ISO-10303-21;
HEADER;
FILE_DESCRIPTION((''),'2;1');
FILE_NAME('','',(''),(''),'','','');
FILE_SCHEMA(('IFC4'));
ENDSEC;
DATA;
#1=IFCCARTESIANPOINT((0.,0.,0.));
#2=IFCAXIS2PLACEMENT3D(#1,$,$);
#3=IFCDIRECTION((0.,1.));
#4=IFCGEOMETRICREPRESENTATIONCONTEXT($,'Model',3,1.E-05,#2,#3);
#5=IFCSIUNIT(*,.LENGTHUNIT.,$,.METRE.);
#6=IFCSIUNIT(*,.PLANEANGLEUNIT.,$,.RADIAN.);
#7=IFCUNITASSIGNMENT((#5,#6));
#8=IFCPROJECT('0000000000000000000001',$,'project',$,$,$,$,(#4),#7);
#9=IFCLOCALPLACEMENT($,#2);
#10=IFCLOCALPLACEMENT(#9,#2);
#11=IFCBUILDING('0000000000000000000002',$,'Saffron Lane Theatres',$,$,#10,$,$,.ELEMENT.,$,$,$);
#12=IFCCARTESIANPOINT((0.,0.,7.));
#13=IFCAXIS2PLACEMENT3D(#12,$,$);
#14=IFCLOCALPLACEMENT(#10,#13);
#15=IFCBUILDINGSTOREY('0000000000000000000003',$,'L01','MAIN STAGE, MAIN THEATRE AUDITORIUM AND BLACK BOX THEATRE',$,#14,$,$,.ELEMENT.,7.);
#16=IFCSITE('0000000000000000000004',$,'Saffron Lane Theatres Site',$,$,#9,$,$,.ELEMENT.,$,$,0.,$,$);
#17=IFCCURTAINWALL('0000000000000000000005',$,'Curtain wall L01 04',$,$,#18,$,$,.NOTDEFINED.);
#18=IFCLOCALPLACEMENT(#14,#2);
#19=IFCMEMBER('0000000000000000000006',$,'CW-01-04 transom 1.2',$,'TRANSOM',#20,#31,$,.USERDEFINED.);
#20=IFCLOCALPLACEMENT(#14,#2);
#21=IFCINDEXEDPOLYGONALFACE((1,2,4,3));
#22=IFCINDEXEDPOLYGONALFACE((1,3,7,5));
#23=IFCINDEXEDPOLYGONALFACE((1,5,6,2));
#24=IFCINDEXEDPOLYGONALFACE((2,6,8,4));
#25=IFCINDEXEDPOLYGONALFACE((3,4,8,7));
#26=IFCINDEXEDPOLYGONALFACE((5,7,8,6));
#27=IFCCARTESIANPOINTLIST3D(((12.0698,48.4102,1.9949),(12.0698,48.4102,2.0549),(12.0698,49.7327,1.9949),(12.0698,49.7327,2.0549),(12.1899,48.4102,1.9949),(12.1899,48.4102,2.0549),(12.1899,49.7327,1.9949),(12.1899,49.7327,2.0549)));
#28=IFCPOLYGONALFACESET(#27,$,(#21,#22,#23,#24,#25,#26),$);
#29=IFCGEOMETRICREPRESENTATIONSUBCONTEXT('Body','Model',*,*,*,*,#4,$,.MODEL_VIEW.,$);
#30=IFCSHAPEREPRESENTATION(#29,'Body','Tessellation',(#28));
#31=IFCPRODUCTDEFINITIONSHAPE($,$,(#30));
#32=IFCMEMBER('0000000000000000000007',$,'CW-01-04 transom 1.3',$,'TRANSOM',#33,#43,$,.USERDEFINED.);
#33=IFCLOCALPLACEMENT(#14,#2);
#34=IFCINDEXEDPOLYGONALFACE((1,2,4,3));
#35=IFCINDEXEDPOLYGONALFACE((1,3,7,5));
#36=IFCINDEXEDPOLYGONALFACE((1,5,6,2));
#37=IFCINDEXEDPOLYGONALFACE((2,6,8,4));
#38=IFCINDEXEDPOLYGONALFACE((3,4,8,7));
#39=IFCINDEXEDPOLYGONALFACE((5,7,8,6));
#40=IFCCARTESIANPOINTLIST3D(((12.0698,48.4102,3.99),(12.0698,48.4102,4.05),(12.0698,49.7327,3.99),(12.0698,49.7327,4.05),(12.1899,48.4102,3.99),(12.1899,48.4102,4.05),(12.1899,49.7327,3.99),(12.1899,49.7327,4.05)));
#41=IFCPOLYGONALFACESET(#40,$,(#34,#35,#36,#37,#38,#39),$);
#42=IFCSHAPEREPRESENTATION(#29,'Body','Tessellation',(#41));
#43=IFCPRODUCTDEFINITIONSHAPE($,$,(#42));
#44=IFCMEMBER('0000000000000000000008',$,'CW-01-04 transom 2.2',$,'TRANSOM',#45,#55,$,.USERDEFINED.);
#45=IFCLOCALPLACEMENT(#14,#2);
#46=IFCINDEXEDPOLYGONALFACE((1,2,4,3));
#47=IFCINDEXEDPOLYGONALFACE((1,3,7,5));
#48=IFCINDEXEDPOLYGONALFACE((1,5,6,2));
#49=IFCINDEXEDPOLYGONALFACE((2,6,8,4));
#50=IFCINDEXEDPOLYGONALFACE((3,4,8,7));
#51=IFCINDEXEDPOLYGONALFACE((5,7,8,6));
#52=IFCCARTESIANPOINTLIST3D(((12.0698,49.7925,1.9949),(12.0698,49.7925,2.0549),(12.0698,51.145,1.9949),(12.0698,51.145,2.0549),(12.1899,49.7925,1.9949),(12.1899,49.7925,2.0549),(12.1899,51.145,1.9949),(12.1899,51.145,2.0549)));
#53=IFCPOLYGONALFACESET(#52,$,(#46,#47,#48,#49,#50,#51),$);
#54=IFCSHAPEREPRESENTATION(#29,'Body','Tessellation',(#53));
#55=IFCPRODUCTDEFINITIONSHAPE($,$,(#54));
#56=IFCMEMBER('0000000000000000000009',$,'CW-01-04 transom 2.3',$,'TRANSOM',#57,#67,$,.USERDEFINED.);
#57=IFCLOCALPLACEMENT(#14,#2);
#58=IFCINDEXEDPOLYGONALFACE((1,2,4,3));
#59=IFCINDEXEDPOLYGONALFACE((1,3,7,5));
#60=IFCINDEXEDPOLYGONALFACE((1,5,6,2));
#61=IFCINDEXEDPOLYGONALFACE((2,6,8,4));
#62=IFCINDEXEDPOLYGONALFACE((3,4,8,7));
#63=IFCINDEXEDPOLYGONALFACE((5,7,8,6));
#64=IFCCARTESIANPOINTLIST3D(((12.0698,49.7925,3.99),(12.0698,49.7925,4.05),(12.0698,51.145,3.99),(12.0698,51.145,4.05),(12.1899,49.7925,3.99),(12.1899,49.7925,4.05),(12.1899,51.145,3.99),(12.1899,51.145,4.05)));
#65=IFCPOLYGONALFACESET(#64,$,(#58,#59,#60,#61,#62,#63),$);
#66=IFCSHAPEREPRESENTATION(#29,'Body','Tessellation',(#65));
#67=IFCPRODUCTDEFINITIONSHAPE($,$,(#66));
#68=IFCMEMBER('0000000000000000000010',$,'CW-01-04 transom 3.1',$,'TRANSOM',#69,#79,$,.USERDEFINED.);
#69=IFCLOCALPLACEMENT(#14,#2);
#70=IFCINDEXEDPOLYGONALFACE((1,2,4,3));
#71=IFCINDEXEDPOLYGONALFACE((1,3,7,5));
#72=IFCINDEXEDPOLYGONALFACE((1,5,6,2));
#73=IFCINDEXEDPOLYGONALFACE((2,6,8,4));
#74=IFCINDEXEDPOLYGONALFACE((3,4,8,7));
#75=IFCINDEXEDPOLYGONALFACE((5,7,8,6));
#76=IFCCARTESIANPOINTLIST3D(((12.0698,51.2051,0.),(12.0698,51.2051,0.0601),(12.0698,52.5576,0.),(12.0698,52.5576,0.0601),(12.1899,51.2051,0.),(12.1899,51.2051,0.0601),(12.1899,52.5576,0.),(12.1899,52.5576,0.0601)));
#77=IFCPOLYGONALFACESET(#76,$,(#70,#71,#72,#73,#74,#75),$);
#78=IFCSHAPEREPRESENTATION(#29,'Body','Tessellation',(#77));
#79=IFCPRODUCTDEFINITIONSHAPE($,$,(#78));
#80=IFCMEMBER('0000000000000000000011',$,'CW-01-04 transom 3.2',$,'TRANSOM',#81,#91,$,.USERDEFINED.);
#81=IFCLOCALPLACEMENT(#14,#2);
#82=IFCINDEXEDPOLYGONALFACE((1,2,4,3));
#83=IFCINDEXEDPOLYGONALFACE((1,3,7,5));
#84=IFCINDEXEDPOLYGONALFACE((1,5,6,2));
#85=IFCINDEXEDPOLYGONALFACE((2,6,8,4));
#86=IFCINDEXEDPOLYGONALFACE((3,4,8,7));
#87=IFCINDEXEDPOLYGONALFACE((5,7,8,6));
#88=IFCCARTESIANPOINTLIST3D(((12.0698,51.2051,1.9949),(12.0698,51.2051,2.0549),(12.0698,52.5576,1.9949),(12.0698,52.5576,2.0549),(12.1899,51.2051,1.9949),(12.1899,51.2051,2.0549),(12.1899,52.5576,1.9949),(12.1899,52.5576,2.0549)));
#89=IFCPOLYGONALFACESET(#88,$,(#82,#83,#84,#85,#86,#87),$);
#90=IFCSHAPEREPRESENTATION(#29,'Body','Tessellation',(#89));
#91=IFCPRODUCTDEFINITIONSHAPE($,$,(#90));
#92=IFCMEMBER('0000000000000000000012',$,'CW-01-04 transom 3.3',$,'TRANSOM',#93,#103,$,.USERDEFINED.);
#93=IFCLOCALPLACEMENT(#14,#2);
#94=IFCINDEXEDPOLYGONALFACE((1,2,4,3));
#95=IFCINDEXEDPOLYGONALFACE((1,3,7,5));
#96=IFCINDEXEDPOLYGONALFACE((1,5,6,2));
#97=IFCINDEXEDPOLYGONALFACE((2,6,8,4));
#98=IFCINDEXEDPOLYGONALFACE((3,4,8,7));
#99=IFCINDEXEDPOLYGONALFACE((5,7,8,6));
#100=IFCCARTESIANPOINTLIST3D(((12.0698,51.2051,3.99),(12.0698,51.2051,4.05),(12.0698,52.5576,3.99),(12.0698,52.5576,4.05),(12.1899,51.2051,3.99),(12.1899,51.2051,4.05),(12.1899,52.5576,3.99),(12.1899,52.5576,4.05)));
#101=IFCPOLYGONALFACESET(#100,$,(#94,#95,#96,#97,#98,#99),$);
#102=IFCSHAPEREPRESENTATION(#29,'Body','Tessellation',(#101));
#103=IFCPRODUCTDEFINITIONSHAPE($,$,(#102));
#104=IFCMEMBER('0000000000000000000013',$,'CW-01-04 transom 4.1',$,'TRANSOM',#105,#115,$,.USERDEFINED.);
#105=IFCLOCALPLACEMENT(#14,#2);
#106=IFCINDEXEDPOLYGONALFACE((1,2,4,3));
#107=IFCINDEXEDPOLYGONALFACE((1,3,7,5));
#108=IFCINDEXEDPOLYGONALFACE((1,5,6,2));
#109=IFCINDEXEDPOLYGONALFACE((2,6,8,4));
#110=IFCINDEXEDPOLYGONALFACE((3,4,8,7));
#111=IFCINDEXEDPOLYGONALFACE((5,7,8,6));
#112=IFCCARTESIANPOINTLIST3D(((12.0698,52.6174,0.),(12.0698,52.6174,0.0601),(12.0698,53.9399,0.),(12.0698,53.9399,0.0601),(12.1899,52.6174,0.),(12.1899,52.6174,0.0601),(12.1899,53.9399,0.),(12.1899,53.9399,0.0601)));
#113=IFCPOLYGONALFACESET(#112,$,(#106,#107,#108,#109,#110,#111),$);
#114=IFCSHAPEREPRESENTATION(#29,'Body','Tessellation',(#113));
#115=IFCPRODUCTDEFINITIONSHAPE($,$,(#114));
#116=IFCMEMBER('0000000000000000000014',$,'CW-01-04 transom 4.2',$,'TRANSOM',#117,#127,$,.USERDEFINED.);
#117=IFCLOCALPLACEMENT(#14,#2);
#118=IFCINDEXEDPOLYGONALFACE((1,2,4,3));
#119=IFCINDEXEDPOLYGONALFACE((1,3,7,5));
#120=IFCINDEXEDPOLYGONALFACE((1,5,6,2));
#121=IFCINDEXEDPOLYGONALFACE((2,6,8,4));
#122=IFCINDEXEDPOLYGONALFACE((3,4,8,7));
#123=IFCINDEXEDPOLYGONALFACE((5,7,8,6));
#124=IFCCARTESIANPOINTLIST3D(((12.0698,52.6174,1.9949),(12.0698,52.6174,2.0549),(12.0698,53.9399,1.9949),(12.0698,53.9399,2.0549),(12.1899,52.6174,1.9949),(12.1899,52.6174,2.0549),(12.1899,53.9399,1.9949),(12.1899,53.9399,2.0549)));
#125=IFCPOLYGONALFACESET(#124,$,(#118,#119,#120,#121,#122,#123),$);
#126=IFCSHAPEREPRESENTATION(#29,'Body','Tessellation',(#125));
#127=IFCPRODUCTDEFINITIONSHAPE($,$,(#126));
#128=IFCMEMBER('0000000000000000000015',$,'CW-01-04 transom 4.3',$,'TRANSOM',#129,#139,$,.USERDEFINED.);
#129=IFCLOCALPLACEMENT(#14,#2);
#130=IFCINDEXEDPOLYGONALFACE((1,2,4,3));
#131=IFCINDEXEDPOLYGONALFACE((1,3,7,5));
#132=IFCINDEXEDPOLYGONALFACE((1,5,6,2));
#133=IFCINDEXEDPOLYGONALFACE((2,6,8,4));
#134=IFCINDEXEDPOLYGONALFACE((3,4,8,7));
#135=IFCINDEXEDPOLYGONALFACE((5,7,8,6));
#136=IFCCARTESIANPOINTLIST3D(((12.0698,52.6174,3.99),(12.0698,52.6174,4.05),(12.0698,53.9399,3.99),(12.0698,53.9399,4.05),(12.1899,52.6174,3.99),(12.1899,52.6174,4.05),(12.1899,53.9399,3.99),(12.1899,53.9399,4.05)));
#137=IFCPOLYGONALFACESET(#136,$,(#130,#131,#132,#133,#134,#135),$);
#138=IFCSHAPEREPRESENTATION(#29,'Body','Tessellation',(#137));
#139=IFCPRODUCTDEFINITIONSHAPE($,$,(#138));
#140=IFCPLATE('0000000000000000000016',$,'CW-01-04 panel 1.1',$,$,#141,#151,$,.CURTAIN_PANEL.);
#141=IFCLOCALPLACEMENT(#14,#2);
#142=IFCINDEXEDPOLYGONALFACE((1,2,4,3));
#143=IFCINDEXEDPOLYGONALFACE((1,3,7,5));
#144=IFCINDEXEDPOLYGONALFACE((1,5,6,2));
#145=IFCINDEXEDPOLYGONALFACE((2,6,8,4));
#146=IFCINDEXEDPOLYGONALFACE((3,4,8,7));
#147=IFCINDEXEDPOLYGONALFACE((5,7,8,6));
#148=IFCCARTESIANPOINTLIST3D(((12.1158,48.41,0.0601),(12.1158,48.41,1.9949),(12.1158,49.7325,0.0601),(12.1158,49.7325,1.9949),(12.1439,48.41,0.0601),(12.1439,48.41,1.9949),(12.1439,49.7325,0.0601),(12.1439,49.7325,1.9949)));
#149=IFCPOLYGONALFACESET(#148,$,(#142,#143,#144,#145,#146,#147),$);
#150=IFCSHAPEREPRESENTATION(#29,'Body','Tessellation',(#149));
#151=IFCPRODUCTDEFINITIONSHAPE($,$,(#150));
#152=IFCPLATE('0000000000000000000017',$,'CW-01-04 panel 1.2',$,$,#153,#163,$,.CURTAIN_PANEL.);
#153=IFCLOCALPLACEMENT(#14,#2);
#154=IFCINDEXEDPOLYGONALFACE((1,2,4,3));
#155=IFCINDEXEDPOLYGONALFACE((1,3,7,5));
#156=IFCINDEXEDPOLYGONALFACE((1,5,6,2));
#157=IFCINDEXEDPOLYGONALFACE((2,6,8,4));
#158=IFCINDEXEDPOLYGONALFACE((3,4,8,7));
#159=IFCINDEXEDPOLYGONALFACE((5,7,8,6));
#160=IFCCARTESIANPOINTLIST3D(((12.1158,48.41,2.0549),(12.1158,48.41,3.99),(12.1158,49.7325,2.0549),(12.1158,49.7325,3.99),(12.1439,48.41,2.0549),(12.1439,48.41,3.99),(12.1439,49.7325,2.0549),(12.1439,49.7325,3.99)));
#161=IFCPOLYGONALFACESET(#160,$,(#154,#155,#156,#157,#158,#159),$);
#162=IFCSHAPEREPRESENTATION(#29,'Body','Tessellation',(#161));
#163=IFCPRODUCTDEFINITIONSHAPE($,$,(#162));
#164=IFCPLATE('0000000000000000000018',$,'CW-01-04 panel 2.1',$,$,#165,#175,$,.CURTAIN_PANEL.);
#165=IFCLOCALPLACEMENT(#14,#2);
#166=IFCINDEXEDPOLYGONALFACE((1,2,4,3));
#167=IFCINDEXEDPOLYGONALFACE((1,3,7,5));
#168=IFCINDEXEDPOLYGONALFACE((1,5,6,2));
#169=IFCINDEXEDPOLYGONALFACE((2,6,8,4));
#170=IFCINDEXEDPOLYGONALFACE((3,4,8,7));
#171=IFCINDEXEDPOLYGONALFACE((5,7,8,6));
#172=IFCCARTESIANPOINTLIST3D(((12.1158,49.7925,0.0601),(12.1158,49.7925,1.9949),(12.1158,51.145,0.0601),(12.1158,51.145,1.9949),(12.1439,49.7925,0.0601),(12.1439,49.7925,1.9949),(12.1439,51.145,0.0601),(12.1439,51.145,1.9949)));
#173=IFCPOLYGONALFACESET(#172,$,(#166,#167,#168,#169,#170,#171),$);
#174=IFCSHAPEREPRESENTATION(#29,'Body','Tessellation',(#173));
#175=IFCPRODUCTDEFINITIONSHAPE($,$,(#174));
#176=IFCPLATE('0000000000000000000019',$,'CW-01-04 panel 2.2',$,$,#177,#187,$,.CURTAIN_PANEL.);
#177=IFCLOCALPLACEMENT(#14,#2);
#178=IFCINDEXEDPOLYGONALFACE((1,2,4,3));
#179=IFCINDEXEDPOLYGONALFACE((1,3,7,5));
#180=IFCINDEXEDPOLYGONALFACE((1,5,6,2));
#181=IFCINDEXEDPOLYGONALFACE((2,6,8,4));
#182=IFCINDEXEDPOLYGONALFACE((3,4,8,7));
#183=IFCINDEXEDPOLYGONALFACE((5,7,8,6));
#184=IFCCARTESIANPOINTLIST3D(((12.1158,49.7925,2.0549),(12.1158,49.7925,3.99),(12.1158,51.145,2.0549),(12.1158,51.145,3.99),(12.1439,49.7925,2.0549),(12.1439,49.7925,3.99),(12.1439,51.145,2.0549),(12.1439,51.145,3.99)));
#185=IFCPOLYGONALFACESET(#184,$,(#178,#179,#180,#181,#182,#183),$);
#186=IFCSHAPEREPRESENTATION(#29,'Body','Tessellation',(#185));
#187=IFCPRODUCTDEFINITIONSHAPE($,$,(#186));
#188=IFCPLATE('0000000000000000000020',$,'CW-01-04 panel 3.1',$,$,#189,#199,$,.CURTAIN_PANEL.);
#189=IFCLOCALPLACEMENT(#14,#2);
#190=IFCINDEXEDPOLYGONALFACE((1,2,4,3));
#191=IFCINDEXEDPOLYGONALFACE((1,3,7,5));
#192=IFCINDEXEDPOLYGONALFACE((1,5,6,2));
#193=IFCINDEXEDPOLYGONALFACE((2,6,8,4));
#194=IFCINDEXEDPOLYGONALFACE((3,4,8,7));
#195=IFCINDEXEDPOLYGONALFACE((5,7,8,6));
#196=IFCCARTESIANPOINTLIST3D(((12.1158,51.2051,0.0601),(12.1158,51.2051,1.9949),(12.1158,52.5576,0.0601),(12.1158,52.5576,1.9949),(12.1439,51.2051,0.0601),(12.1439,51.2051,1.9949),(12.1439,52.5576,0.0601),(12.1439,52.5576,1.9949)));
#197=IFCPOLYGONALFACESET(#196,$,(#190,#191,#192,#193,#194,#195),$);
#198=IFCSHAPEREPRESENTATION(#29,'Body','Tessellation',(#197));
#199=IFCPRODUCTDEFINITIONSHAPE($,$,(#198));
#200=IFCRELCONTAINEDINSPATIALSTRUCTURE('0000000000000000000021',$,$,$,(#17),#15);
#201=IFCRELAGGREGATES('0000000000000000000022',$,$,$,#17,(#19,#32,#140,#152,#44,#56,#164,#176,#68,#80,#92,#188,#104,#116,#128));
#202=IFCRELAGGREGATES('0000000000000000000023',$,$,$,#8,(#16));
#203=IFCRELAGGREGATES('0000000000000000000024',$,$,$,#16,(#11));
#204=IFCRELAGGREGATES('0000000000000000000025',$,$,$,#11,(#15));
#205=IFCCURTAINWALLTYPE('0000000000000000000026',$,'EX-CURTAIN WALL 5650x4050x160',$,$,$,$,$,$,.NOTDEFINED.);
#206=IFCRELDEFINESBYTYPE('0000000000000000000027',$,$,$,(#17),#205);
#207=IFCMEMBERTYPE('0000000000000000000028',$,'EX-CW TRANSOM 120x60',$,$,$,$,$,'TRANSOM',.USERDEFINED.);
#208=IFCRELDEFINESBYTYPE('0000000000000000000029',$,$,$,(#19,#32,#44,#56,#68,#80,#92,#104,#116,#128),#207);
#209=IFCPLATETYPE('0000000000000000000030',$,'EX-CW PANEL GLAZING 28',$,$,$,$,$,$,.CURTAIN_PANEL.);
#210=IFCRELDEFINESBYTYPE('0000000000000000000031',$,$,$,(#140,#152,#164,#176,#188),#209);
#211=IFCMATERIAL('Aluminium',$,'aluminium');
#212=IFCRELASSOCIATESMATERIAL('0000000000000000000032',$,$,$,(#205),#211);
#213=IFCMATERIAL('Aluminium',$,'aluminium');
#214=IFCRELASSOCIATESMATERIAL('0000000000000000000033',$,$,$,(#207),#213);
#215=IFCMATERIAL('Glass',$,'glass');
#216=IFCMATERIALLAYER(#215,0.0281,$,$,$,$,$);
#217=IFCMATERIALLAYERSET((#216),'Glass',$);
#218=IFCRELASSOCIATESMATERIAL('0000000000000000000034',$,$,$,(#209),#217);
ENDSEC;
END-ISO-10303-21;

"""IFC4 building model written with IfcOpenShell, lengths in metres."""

from ifc_helpers import new_model, si_unit, direction, frame, origin, origin_2d, place, context, subcontext, project, spatial, rectangle, extrude, material, layer, layer_set, material_profile, profile_set, type_object, element, aggregate, save


model = new_model("IFC4")

# Units and contexts
model_context = context("Model", 3, precision=1e-05, world=origin(), true_north=direction((0.0, 1.0)))
body_context = subcontext(model_context, "Body", "Model", "MODEL_VIEW")
ifc_project = project(units=[si_unit("LENGTHUNIT", "METRE"), si_unit("PLANEANGLEUNIT", "RADIAN")], contexts=[model_context])

# Site, building, storey
site_placement = place(None, origin())
site = spatial("IfcSite", under=ifc_project, at=site_placement, Name="Saffron Lane Theatres Site", CompositionType="ELEMENT", RefElevation=0.0)
building_placement = place(site_placement, origin())
building = spatial("IfcBuilding", under=site, at=building_placement, Name="Saffron Lane Theatres", CompositionType="ELEMENT")
storey_placement = place(building_placement, frame((0.0, 0.0, 7.0)))
storey = spatial("IfcBuildingStorey", under=building, at=storey_placement, Name="L01", Description="MAIN STAGE, MAIN THEATRE AUDITORIUM AND BLACK BOX THEATRE", CompositionType="ELEMENT", Elevation=7.0)

# Curtain wall, members, plates
ifc_material_1 = material(Name="Aluminium", Category="aluminium")
curtain_wall_type = type_object("IfcCurtainWallType", Name="EX-CURTAIN WALL 5650x4050x160", PredefinedType="NOTDEFINED", material=ifc_material_1)
curtain_wall_placement = place(storey_placement, origin())
curtain_wall = element("IfcCurtainWall", 1, at=curtain_wall_placement, inside=storey, type_object=curtain_wall_type, Name="Curtain wall L01 04", PredefinedType="NOTDEFINED")
ifc_material_2 = material(Name="Aluminium", Category="aluminium")
ifc_material_profile_1 = material_profile(ifc_material_2, rectangle(XDim=0.1201, YDim=0.0601, at=origin_2d()))
ifc_profile_set_1 = profile_set([ifc_material_profile_1], Name="Aluminium")
member_type = type_object("IfcMemberType", Name="EX-CW TRANSOM 120x60", ElementType="TRANSOM", PredefinedType="USERDEFINED", material=ifc_profile_set_1)
member_1_placement = place(storey_placement, frame((12.1299, 48.4102, 2.0249), z_axis=(0.0, 1.0, 0.0), x_axis=(-1.0, 0.0, 0.0)))
member_1 = element("IfcMember", 2, at=member_1_placement, type_object=member_type, Name="CW-01-04 transom 1.2", ObjectType="TRANSOM", PredefinedType="USERDEFINED", context=body_context, shape_type="SweptSolid", body=[
    extrude(rectangle(XDim=0.1201, YDim=0.0601, at=origin_2d()), origin(), (0.0, 0.0, 1.0), 1.3225),
])
member_2_placement = place(storey_placement, frame((12.1299, 48.4102, 4.02), z_axis=(0.0, 1.0, 0.0), x_axis=(-1.0, 0.0, 0.0)))
member_2 = element("IfcMember", 3, at=member_2_placement, type_object=member_type, Name="CW-01-04 transom 1.3", ObjectType="TRANSOM", PredefinedType="USERDEFINED", context=body_context, shape_type="SweptSolid", body=[
    extrude(rectangle(XDim=0.1201, YDim=0.0601, at=origin_2d()), origin(), (0.0, 0.0, 1.0), 1.3225),
])
member_3_placement = place(storey_placement, frame((12.1299, 49.7925, 2.0249), z_axis=(0.0, 1.0, 0.0), x_axis=(-1.0, 0.0, 0.0)))
member_3 = element("IfcMember", 4, at=member_3_placement, type_object=member_type, Name="CW-01-04 transom 2.2", ObjectType="TRANSOM", PredefinedType="USERDEFINED", context=body_context, shape_type="SweptSolid", body=[
    extrude(rectangle(XDim=0.1201, YDim=0.0601, at=origin_2d()), origin(), (0.0, 0.0, 1.0), 1.3525),
])
member_4_placement = place(storey_placement, frame((12.1299, 49.7925, 4.02), z_axis=(0.0, 1.0, 0.0), x_axis=(-1.0, 0.0, 0.0)))
member_4 = element("IfcMember", 5, at=member_4_placement, type_object=member_type, Name="CW-01-04 transom 2.3", ObjectType="TRANSOM", PredefinedType="USERDEFINED", context=body_context, shape_type="SweptSolid", body=[
    extrude(rectangle(XDim=0.1201, YDim=0.0601, at=origin_2d()), origin(), (0.0, 0.0, 1.0), 1.3525),
])
member_5_placement = place(storey_placement, frame((12.1299, 51.2051, 0.03), z_axis=(0.0, 1.0, 0.0), x_axis=(-1.0, 0.0, 0.0)))
member_5 = element("IfcMember", 6, at=member_5_placement, type_object=member_type, Name="CW-01-04 transom 3.1", ObjectType="TRANSOM", PredefinedType="USERDEFINED", context=body_context, shape_type="SweptSolid", body=[
    extrude(rectangle(XDim=0.1201, YDim=0.0601, at=origin_2d()), origin(), (0.0, 0.0, 1.0), 1.3525),
])
member_6_placement = place(storey_placement, frame((12.1299, 51.2051, 2.0249), z_axis=(0.0, 1.0, 0.0), x_axis=(-1.0, 0.0, 0.0)))
member_6 = element("IfcMember", 7, at=member_6_placement, type_object=member_type, Name="CW-01-04 transom 3.2", ObjectType="TRANSOM", PredefinedType="USERDEFINED", context=body_context, shape_type="SweptSolid", body=[
    extrude(rectangle(XDim=0.1201, YDim=0.0601, at=origin_2d()), origin(), (0.0, 0.0, 1.0), 1.3525),
])
member_7_placement = place(storey_placement, frame((12.1299, 51.2051, 4.02), z_axis=(0.0, 1.0, 0.0), x_axis=(-1.0, 0.0, 0.0)))
member_7 = element("IfcMember", 8, at=member_7_placement, type_object=member_type, Name="CW-01-04 transom 3.3", ObjectType="TRANSOM", PredefinedType="USERDEFINED", context=body_context, shape_type="SweptSolid", body=[
    extrude(rectangle(XDim=0.1201, YDim=0.0601, at=origin_2d()), origin(), (0.0, 0.0, 1.0), 1.3525),
])
member_8_placement = place(storey_placement, frame((12.1299, 52.6174, 0.03), z_axis=(0.0, 1.0, 0.0), x_axis=(-1.0, 0.0, 0.0)))
member_8 = element("IfcMember", 9, at=member_8_placement, type_object=member_type, Name="CW-01-04 transom 4.1", ObjectType="TRANSOM", PredefinedType="USERDEFINED", context=body_context, shape_type="SweptSolid", body=[
    extrude(rectangle(XDim=0.1201, YDim=0.0601, at=origin_2d()), origin(), (0.0, 0.0, 1.0), 1.3225),
])
member_9_placement = place(storey_placement, frame((12.1299, 52.6174, 2.0249), z_axis=(0.0, 1.0, 0.0), x_axis=(-1.0, 0.0, 0.0)))
member_9 = element("IfcMember", 10, at=member_9_placement, type_object=member_type, Name="CW-01-04 transom 4.2", ObjectType="TRANSOM", PredefinedType="USERDEFINED", context=body_context, shape_type="SweptSolid", body=[
    extrude(rectangle(XDim=0.1201, YDim=0.0601, at=origin_2d()), origin(), (0.0, 0.0, 1.0), 1.3225),
])
member_10_placement = place(storey_placement, frame((12.1299, 52.6174, 4.02), z_axis=(0.0, 1.0, 0.0), x_axis=(-1.0, 0.0, 0.0)))
member_10 = element("IfcMember", 11, at=member_10_placement, type_object=member_type, Name="CW-01-04 transom 4.3", ObjectType="TRANSOM", PredefinedType="USERDEFINED", context=body_context, shape_type="SweptSolid", body=[
    extrude(rectangle(XDim=0.1201, YDim=0.0601, at=origin_2d()), origin(), (0.0, 0.0, 1.0), 1.3225),
])
ifc_material_3 = material(Name="Glass", Category="glass")
ifc_layer = layer(ifc_material_3, 0.0281)
ifc_layer_set = layer_set([ifc_layer], Name="Glass")
plate_type = type_object("IfcPlateType", Name="EX-CW PANEL GLAZING 28", PredefinedType="CURTAIN_PANEL", material=ifc_layer_set)
plate_1_placement = place(storey_placement, frame((12.1299, 49.0713, 0.0601), z_axis=(0.0, 0.0, 1.0), x_axis=(0.0, 1.0, 0.0)))
plate_1 = element("IfcPlate", 12, at=plate_1_placement, type_object=plate_type, Name="CW-01-04 panel 1.1", PredefinedType="CURTAIN_PANEL", context=body_context, shape_type="SweptSolid", body=[
    extrude(rectangle(XDim=1.3225, YDim=0.0281, at=origin_2d()), origin(), (0.0, 0.0, 1.0), 1.9348),
])
plate_2_placement = place(storey_placement, frame((12.1299, 49.0713, 2.0549), z_axis=(0.0, 0.0, 1.0), x_axis=(0.0, 1.0, 0.0)))
plate_2 = element("IfcPlate", 13, at=plate_2_placement, type_object=plate_type, Name="CW-01-04 panel 1.2", PredefinedType="CURTAIN_PANEL", context=body_context, shape_type="SweptSolid", body=[
    extrude(rectangle(XDim=1.3225, YDim=0.0281, at=origin_2d()), origin(), (0.0, 0.0, 1.0), 1.9351),
])
plate_3_placement = place(storey_placement, frame((12.1299, 50.4688, 0.0601), z_axis=(0.0, 0.0, 1.0), x_axis=(0.0, 1.0, 0.0)))
plate_3 = element("IfcPlate", 14, at=plate_3_placement, type_object=plate_type, Name="CW-01-04 panel 2.1", PredefinedType="CURTAIN_PANEL", context=body_context, shape_type="SweptSolid", body=[
    extrude(rectangle(XDim=1.3525, YDim=0.0281, at=origin_2d()), origin(), (0.0, 0.0, 1.0), 1.9348),
])
plate_4_placement = place(storey_placement, frame((12.1299, 50.4688, 2.0549), z_axis=(0.0, 0.0, 1.0), x_axis=(0.0, 1.0, 0.0)))
plate_4 = element("IfcPlate", 15, at=plate_4_placement, type_object=plate_type, Name="CW-01-04 panel 2.2", PredefinedType="CURTAIN_PANEL", context=body_context, shape_type="SweptSolid", body=[
    extrude(rectangle(XDim=1.3525, YDim=0.0281, at=origin_2d()), origin(), (0.0, 0.0, 1.0), 1.9351),
])
plate_5_placement = place(storey_placement, frame((12.1299, 51.8813, 0.0601), z_axis=(0.0, 0.0, 1.0), x_axis=(0.0, 1.0, 0.0)))
plate_5 = element("IfcPlate", 16, at=plate_5_placement, type_object=plate_type, Name="CW-01-04 panel 3.1", PredefinedType="CURTAIN_PANEL", context=body_context, shape_type="SweptSolid", body=[
    extrude(rectangle(XDim=1.3525, YDim=0.0281, at=origin_2d()), origin(), (0.0, 0.0, 1.0), 1.9348),
])
aggregate(curtain_wall, [member_1, member_2, plate_1, plate_2, member_3, member_4, plate_3, plate_4, member_5, member_6, member_7, plate_5, member_8, member_9, member_10])

save(model, "model.ifc")
